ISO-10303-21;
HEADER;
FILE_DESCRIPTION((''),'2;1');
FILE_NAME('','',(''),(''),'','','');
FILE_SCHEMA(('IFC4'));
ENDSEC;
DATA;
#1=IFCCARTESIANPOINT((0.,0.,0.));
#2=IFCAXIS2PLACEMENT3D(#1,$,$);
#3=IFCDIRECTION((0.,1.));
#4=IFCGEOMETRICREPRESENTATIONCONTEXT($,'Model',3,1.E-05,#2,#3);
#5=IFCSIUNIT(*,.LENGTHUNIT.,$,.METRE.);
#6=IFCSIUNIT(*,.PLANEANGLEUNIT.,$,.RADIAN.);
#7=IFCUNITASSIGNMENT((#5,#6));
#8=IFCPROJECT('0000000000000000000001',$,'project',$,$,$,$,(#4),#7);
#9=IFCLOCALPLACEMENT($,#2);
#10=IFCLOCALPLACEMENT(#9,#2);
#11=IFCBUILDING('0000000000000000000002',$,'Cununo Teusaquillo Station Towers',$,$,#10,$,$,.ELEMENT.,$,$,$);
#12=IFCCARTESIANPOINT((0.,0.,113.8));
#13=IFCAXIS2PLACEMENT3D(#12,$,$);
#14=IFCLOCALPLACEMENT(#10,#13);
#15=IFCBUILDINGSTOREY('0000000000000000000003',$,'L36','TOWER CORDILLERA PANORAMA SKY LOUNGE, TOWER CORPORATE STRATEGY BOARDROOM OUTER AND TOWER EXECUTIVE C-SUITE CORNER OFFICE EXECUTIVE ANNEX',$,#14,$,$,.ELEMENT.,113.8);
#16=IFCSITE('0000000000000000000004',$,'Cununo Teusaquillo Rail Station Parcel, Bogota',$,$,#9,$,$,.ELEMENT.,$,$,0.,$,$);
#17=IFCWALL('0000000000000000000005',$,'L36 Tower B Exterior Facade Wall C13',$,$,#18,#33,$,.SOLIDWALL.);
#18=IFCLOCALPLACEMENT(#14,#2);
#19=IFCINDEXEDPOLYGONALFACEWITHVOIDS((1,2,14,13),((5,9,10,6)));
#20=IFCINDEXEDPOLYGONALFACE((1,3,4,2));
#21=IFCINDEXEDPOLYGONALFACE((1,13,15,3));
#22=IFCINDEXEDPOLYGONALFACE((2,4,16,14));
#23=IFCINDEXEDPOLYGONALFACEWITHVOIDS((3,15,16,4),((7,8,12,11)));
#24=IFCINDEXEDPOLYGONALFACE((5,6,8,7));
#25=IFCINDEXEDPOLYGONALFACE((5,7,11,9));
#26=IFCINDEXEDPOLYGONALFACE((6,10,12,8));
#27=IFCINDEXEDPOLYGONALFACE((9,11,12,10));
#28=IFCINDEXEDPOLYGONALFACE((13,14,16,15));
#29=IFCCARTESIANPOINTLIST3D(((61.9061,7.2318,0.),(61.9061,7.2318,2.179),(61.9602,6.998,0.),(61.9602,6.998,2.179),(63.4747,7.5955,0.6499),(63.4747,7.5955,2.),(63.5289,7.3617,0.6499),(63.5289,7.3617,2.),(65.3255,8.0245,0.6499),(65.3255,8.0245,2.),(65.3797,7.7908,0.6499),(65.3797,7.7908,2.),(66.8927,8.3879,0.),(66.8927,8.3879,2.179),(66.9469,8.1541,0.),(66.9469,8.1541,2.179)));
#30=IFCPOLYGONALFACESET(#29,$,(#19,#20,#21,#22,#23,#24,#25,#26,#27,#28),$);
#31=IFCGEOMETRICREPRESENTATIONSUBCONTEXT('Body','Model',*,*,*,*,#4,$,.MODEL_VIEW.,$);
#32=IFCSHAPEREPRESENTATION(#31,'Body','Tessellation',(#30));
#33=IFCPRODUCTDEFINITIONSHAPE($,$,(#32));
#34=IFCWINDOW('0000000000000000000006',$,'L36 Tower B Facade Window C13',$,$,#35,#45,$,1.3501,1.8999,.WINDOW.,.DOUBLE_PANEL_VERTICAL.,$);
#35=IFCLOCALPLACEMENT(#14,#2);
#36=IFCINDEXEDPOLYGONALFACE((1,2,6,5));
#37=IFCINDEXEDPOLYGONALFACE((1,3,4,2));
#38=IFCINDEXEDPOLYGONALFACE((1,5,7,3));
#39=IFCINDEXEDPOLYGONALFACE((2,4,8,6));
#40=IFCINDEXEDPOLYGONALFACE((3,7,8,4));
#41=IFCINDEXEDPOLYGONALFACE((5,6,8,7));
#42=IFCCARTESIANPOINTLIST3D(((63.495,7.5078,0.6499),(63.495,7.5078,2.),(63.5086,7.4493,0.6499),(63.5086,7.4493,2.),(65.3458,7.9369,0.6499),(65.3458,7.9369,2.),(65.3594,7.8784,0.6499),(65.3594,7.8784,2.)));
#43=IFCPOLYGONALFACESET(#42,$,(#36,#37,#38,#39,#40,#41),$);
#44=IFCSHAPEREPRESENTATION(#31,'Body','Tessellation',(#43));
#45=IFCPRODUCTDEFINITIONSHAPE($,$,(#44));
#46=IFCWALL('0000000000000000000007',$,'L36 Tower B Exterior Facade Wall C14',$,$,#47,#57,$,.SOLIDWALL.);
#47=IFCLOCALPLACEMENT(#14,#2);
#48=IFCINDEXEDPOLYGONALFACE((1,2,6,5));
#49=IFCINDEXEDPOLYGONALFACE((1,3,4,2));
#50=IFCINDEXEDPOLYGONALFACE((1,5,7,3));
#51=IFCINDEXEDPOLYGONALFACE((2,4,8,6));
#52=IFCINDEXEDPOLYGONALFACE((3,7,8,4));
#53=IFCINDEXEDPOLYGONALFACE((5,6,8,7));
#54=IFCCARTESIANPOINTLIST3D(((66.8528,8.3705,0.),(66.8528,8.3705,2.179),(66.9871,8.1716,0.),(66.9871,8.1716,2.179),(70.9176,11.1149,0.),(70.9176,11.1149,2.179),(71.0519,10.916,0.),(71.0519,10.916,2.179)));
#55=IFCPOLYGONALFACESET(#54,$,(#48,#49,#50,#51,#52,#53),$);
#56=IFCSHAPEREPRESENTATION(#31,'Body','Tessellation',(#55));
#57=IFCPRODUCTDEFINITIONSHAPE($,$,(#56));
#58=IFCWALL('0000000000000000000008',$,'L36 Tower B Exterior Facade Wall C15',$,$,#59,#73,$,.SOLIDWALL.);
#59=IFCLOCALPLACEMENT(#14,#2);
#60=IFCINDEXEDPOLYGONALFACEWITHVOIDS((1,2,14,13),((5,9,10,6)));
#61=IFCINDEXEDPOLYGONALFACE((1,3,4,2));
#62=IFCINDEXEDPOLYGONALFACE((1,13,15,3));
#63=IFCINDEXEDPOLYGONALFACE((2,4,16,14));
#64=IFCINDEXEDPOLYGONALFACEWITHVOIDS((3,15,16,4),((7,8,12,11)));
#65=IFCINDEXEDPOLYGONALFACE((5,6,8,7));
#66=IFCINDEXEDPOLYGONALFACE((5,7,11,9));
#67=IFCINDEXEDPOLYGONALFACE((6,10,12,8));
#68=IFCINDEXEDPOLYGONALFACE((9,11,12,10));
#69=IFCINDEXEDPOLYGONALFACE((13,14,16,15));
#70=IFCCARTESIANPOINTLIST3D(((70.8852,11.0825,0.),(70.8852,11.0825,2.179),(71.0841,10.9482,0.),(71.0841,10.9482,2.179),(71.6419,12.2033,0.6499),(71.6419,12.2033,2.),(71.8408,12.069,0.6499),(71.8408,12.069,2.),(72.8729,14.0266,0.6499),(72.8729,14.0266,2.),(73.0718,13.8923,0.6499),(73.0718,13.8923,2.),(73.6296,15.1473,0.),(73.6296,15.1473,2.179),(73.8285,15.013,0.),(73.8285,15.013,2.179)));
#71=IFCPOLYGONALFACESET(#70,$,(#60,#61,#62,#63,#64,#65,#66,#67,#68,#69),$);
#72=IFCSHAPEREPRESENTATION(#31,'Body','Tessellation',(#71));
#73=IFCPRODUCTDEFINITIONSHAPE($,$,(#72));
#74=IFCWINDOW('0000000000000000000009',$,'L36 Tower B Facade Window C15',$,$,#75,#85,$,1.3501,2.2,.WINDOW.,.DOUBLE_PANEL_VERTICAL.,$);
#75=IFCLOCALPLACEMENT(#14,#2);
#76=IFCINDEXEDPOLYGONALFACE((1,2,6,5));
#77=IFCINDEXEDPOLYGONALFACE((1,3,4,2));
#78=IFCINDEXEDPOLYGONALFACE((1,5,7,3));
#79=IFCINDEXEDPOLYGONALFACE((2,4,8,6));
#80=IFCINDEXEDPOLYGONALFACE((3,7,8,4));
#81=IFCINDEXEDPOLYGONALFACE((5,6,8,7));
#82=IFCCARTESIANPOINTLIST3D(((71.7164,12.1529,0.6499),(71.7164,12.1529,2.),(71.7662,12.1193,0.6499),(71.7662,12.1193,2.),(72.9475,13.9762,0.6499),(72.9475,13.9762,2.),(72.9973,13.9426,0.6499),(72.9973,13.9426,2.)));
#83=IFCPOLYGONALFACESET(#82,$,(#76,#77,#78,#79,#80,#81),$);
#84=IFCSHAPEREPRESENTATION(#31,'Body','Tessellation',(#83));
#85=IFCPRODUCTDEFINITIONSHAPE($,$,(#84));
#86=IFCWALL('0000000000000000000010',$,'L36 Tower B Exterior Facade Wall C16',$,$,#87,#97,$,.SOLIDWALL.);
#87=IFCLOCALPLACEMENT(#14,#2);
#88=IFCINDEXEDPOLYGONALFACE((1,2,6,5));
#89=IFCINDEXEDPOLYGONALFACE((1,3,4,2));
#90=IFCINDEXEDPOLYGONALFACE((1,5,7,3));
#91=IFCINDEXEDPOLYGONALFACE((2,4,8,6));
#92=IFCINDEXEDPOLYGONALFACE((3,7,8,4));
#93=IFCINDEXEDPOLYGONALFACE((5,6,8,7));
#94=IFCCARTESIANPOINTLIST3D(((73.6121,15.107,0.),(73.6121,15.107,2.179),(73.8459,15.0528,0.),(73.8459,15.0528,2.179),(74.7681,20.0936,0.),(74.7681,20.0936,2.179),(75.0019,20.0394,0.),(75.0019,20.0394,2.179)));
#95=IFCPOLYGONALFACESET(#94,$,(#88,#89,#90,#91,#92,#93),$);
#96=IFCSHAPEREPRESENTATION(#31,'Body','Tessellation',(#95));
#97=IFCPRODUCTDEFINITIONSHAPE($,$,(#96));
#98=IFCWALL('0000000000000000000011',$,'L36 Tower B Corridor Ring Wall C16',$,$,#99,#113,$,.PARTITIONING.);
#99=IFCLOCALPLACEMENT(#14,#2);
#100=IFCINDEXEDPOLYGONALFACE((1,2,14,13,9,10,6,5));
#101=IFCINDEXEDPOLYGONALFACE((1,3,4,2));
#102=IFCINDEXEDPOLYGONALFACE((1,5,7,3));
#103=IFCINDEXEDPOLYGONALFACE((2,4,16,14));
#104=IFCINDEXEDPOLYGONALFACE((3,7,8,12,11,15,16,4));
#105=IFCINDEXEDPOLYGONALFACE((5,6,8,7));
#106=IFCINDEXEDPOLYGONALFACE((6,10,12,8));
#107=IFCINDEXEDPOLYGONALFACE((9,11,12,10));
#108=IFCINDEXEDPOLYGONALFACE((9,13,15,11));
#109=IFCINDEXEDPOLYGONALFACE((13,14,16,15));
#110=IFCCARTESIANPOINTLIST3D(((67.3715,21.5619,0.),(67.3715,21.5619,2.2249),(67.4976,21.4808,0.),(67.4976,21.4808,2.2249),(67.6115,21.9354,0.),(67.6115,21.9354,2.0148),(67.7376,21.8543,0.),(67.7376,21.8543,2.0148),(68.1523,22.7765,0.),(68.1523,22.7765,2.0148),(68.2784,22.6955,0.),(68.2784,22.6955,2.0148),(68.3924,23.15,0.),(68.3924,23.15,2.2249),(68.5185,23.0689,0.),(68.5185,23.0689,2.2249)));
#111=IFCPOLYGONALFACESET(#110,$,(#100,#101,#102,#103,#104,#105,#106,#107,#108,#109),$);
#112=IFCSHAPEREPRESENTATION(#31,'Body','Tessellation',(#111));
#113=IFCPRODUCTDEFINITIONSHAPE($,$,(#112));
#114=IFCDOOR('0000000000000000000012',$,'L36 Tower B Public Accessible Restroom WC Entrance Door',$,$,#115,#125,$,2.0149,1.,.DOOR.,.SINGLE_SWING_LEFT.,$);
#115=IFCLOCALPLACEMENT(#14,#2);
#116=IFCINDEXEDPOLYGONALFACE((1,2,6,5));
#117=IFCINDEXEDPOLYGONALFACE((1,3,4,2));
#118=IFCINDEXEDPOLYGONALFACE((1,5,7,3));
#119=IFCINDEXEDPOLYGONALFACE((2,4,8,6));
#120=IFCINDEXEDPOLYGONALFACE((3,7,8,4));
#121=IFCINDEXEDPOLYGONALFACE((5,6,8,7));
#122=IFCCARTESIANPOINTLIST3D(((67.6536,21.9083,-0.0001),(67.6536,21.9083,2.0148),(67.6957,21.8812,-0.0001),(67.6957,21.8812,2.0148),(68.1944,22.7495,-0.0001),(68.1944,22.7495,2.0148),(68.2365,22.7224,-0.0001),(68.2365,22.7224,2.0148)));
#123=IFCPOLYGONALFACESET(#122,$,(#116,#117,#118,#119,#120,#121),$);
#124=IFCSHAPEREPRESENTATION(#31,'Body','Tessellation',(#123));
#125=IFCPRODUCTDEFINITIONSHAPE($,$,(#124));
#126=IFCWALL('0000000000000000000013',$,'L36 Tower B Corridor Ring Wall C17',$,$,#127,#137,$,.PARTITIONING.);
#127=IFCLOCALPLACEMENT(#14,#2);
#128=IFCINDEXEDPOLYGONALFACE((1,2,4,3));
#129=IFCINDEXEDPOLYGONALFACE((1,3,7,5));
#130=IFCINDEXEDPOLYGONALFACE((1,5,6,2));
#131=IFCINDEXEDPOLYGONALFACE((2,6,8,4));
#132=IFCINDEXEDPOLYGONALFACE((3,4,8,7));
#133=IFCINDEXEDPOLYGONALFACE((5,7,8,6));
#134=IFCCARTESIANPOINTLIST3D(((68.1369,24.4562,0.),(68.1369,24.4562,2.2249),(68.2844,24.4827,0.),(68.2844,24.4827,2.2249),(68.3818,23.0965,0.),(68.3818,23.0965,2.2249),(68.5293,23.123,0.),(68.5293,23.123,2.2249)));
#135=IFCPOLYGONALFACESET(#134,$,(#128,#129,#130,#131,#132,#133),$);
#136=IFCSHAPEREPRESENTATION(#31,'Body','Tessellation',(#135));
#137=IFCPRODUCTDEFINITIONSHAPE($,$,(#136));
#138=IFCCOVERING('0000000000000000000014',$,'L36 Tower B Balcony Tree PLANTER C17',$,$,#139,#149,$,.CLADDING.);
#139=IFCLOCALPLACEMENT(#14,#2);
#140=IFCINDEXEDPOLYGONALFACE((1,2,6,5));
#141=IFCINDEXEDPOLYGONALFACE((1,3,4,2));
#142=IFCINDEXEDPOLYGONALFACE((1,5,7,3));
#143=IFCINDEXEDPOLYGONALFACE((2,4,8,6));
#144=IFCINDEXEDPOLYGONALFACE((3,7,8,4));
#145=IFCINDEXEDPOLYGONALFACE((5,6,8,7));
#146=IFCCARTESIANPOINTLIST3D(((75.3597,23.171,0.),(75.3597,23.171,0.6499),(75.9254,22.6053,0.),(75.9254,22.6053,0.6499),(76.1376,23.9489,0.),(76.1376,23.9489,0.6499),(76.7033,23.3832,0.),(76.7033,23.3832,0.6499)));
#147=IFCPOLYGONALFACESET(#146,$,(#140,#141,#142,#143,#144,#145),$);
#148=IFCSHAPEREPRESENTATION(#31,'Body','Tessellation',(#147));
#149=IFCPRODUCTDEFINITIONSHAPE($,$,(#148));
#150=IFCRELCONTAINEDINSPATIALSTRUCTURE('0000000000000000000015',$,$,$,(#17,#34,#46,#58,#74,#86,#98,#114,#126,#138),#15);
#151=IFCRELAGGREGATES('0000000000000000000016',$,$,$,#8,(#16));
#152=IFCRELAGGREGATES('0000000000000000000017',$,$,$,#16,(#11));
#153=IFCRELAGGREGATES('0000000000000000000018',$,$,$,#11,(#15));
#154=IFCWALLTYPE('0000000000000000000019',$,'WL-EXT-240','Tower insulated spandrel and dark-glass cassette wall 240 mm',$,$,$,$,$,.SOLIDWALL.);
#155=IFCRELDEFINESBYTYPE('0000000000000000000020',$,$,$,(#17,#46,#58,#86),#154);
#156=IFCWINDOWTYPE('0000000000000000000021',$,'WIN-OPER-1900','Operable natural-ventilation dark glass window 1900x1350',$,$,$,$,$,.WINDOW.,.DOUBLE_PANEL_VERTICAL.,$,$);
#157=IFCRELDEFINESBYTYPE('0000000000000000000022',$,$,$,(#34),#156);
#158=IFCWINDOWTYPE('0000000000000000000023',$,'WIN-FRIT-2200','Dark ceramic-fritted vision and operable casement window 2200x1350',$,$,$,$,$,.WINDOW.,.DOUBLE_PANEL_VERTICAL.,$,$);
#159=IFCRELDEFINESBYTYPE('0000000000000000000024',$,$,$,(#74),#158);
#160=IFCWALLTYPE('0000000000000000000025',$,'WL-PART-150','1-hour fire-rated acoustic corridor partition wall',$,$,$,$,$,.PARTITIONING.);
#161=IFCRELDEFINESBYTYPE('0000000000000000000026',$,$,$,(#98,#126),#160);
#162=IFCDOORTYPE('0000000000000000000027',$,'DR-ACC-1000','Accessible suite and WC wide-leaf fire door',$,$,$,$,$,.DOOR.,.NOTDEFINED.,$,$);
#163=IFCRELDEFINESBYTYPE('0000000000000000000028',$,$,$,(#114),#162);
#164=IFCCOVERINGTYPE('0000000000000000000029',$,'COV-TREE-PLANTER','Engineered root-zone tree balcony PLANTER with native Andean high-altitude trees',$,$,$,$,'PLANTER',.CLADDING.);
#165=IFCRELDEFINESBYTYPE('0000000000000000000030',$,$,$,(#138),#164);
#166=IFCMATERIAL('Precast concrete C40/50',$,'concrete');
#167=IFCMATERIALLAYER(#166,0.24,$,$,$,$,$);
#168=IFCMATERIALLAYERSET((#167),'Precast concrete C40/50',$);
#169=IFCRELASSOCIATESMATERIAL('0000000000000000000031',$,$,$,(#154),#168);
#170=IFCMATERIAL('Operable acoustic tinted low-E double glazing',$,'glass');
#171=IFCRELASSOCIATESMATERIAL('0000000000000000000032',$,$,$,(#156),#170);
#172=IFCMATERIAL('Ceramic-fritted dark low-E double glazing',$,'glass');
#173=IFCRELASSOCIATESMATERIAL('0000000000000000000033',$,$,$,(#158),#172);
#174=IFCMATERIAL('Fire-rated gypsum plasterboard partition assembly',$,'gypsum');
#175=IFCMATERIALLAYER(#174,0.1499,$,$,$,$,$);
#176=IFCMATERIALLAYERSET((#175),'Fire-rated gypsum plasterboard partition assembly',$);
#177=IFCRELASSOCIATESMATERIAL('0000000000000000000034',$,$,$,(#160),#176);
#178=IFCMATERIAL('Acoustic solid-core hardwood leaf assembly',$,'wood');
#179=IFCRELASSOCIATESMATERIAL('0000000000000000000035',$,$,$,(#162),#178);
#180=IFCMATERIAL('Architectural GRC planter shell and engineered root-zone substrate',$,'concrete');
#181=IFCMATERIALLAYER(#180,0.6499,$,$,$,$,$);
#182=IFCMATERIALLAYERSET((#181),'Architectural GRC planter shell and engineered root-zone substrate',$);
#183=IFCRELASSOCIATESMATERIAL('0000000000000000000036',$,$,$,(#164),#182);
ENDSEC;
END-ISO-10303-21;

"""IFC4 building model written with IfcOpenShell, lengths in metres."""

from ifc_helpers import new_model, si_unit, direction, frame, frame_2d, origin, origin_2d, place, context, subcontext, project, spatial, rectangle, extrude, source, transform, mapped, material, layer, layer_set, type_object, element, fill, save


model = new_model("IFC4")

# Units and contexts
model_context = context("Model", 3, precision=1e-05, world=origin(), true_north=direction((0.0, 1.0)))
body_context = subcontext(model_context, "Body", "Model", "MODEL_VIEW")
ifc_project = project(units=[si_unit("LENGTHUNIT", "METRE"), si_unit("PLANEANGLEUNIT", "RADIAN")], contexts=[model_context])

# Site, building, storey
site_placement = place(None, origin())
site = spatial("IfcSite", under=ifc_project, at=site_placement, Name="Cununo Teusaquillo Rail Station Parcel, Bogota", CompositionType="ELEMENT", RefElevation=0.0)
building_placement = place(site_placement, origin())
building = spatial("IfcBuilding", under=site, at=building_placement, Name="Cununo Teusaquillo Station Towers", CompositionType="ELEMENT")
storey_placement = place(building_placement, frame((0.0, 0.0, 113.8)))
storey = spatial("IfcBuildingStorey", under=building, at=storey_placement, Name="L36", Description="TOWER CORDILLERA PANORAMA SKY LOUNGE, TOWER CORPORATE STRATEGY BOARDROOM OUTER AND TOWER EXECUTIVE C-SUITE CORNER OFFICE EXECUTIVE ANNEX", CompositionType="ELEMENT", Elevation=113.8)

# Wall, opening, window
ifc_material_1 = material(Name="Precast concrete C40/50", Category="concrete")
ifc_layer_1 = layer(ifc_material_1, 0.24)
ifc_layer_set_1 = layer_set([ifc_layer_1], Name="Precast concrete C40/50")
wall_type_1 = type_object("IfcWallType", Name="WL-EXT-240", Description="Tower insulated spandrel and dark-glass cassette wall 240 mm", PredefinedType="SOLIDWALL", material=ifc_layer_set_1)
wall_1_placement = place(storey_placement, frame((66.9199, 8.271, 0.0), z_axis=(0.0, 0.0, 1.0), x_axis=(-0.974166, -0.225835, 0.0)))
wall_1 = element("IfcWall", 1, at=wall_1_placement, inside=storey, type_object=wall_type_1, Name="L36 Tower B Exterior Facade Wall C13", PredefinedType="SOLIDWALL", context=body_context, shape_type="SweptSolid", body=[
    extrude(rectangle(XDim=5.1189, YDim=0.24, at=frame_2d((2.5596, 0.0))), origin(), (0.0, 0.0, 1.0), 2.179),
])
shared_shape_1 = source(origin(), body_context, "Body", "SweptSolid", [
    extrude(rectangle(XDim=1.8999, YDim=1.3501, at=frame_2d((0.95, 0.675))), frame((0.0, 0.1299, 0.0), z_axis=(0.0, -1.0, 0.0), x_axis=(1.0, 0.0, 0.0)), (0.0, 0.0, 1.0), 0.26),
])
opening_1_placement = place(wall_1_placement, frame((1.6089, 0.0, 0.6499)))
opening_1 = element("IfcOpeningElement", 2, at=opening_1_placement, cuts=wall_1, PredefinedType="OPENING", context=body_context, shape_type="MappedRepresentation", body=[
    mapped(shared_shape_1, transform((0.0, 0.0, 0.0), x_axis=(1.0, 0.0, 0.0), y_axis=(0.0, 1.0, 0.0), z_axis=(0.0, 0.0, 1.0), scale=1.0)),
])
ifc_material_2 = material(Name="Operable acoustic tinted low-E double glazing", Category="glass")
window_type_1 = type_object("IfcWindowType", Name="WIN-OPER-1900", Description="Operable natural-ventilation dark glass window 1900x1350", PartitioningType="DOUBLE_PANEL_VERTICAL", PredefinedType="WINDOW", material=ifc_material_2)
shared_shape_2 = source(origin(), body_context, "Body", "SweptSolid", [
    extrude(rectangle(XDim=1.8999, YDim=1.3501, at=frame_2d((0.95, 0.675))), frame((0.0, 0.03, 0.0), z_axis=(0.0, -1.0, 0.0), x_axis=(1.0, 0.0, 0.0)), (0.0, 0.0, 1.0), 0.0601),
])
window_1_placement = place(opening_1_placement, origin())
window_1 = element("IfcWindow", 3, at=window_1_placement, inside=storey, type_object=window_type_1, Name="L36 Tower B Facade Window C13", OverallHeight=1.3501, OverallWidth=1.8999, PartitioningType="DOUBLE_PANEL_VERTICAL", PredefinedType="WINDOW", context=body_context, shape_type="MappedRepresentation", body=[
    mapped(shared_shape_2, transform((0.0, 0.0, 0.0), x_axis=(1.0, 0.0, 0.0), y_axis=(0.0, 1.0, 0.0), z_axis=(0.0, 0.0, 1.0), scale=1.0)),
])
fill(opening_1, window_1)

# Wall
wall_2_placement = place(storey_placement, frame((70.9846, 11.0154, 0.0), z_axis=(0.0, 0.0, 1.0), x_axis=(-0.828781, -0.559573, 0.0)))
element("IfcWall", 4, at=wall_2_placement, inside=storey, type_object=wall_type_1, Name="L36 Tower B Exterior Facade Wall C14", PredefinedType="SOLIDWALL", context=body_context, shape_type="SweptSolid", body=[
    extrude(rectangle(XDim=4.9045, YDim=0.24, at=frame_2d((2.4521, 0.0))), origin(), (0.0, 0.0, 1.0), 2.179),
])

# Wall, opening, window
wall_3_placement = place(storey_placement, frame((73.729, 15.0801, 0.0), z_axis=(0.0, 0.0, 1.0), x_axis=(-0.559573, -0.828781, 0.0)))
wall_3 = element("IfcWall", 5, at=wall_3_placement, inside=storey, type_object=wall_type_1, Name="L36 Tower B Exterior Facade Wall C15", PredefinedType="SOLIDWALL", context=body_context, shape_type="SweptSolid", body=[
    extrude(rectangle(XDim=4.9045, YDim=0.24, at=frame_2d((2.4521, 0.0))), origin(), (0.0, 0.0, 1.0), 2.179),
])
shared_shape_3 = source(origin(), body_context, "Body", "SweptSolid", [
    extrude(rectangle(XDim=2.2, YDim=1.3501, at=frame_2d((1.1001, 0.675))), frame((0.0, 0.1299, 0.0), z_axis=(0.0, -1.0, 0.0), x_axis=(1.0, 0.0, 0.0)), (0.0, 0.0, 1.0), 0.26),
])
opening_2_placement = place(wall_3_placement, frame((1.3521, 0.0, 0.6499)))
opening_2 = element("IfcOpeningElement", 6, at=opening_2_placement, cuts=wall_3, PredefinedType="OPENING", context=body_context, shape_type="MappedRepresentation", body=[
    mapped(shared_shape_3, transform((0.0, 0.0, 0.0), x_axis=(1.0, 0.0, 0.0), y_axis=(0.0, 1.0, 0.0), z_axis=(0.0, 0.0, 1.0), scale=1.0)),
])
ifc_material_3 = material(Name="Ceramic-fritted dark low-E double glazing", Category="glass")
window_type_2 = type_object("IfcWindowType", Name="WIN-FRIT-2200", Description="Dark ceramic-fritted vision and operable casement window 2200x1350", PartitioningType="DOUBLE_PANEL_VERTICAL", PredefinedType="WINDOW", material=ifc_material_3)
shared_shape_4 = source(origin(), body_context, "Body", "SweptSolid", [
    extrude(rectangle(XDim=2.2, YDim=1.3501, at=frame_2d((1.1001, 0.675))), frame((0.0, 0.03, 0.0), z_axis=(0.0, -1.0, 0.0), x_axis=(1.0, 0.0, 0.0)), (0.0, 0.0, 1.0), 0.0601),
])
window_2_placement = place(opening_2_placement, origin())
window_2 = element("IfcWindow", 7, at=window_2_placement, inside=storey, type_object=window_type_2, Name="L36 Tower B Facade Window C15", OverallHeight=1.3501, OverallWidth=2.2, PartitioningType="DOUBLE_PANEL_VERTICAL", PredefinedType="WINDOW", context=body_context, shape_type="MappedRepresentation", body=[
    mapped(shared_shape_4, transform((0.0, 0.0, 0.0), x_axis=(1.0, 0.0, 0.0), y_axis=(0.0, 1.0, 0.0), z_axis=(0.0, 0.0, 1.0), scale=1.0)),
])
fill(opening_2, window_2)

# Wall
wall_4_placement = place(storey_placement, frame((74.885, 20.0667, 0.0), z_axis=(0.0, 0.0, 1.0), x_axis=(-0.225835, -0.974166, 0.0)))
element("IfcWall", 8, at=wall_4_placement, inside=storey, type_object=wall_type_1, Name="L36 Tower B Exterior Facade Wall C16", PredefinedType="SOLIDWALL", context=body_context, shape_type="SweptSolid", body=[
    extrude(rectangle(XDim=5.1189, YDim=0.24, at=frame_2d((2.5596, 0.0))), origin(), (0.0, 0.0, 1.0), 2.179),
])

# Wall, opening, door
ifc_material_4 = material(Name="Fire-rated gypsum plasterboard partition assembly", Category="gypsum")
ifc_layer_2 = layer(ifc_material_4, 0.1499)
ifc_layer_set_2 = layer_set([ifc_layer_2], Name="Fire-rated gypsum plasterboard partition assembly")
wall_type_2 = type_object("IfcWallType", Name="WL-PART-150", Description="1-hour fire-rated acoustic corridor partition wall", PredefinedType="PARTITIONING", material=ifc_layer_set_2)
wall_5_placement = place(storey_placement, frame((67.4346, 21.5215, 0.0), z_axis=(0.0, 0.0, 1.0), x_axis=(0.540777, 0.841166, 0.0)))
wall_5 = element("IfcWall", 9, at=wall_5_placement, inside=storey, type_object=wall_type_2, Name="L36 Tower B Corridor Ring Wall C16", PredefinedType="PARTITIONING", context=body_context, shape_type="SweptSolid", body=[
    extrude(rectangle(XDim=1.8879, YDim=0.1499, at=frame_2d((0.9438, 0.0))), origin(), (0.0, 0.0, 1.0), 2.2249),
])
shared_shape_5 = source(origin(), body_context, "Body", "SweptSolid", [
    extrude(rectangle(XDim=1.0, YDim=2.0149, at=frame_2d((0.5, 1.0073))), frame((0.0, 0.085, 0.0), z_axis=(0.0, -1.0, 0.0), x_axis=(1.0, 0.0, 0.0)), (0.0, 0.0, 1.0), 0.1699),
])
opening_3_placement = place(wall_5_placement, frame((0.4438, 0.0, 0.0)))
opening_3 = element("IfcOpeningElement", 10, at=opening_3_placement, cuts=wall_5, PredefinedType="OPENING", context=body_context, shape_type="MappedRepresentation", body=[
    mapped(shared_shape_5, transform((0.0, 0.0, 0.0), x_axis=(1.0, 0.0, 0.0), y_axis=(0.0, 1.0, 0.0), z_axis=(0.0, 0.0, 1.0), scale=1.0)),
])
ifc_material_5 = material(Name="Acoustic solid-core hardwood leaf assembly", Category="wood")
door_type = type_object("IfcDoorType", Name="DR-ACC-1000", Description="Accessible suite and WC wide-leaf fire door", OperationType="NOTDEFINED", PredefinedType="DOOR", material=ifc_material_5)
shared_shape_6 = source(origin(), body_context, "Body", "SweptSolid", [
    extrude(rectangle(XDim=1.0, YDim=2.0149, at=frame_2d((0.5, 1.0073))), frame((0.0, 0.0249, 0.0), z_axis=(0.0, -1.0, 0.0), x_axis=(1.0, 0.0, 0.0)), (0.0, 0.0, 1.0), 0.05),
])
door_placement = place(opening_3_placement, origin())
door = element("IfcDoor", 11, at=door_placement, inside=storey, type_object=door_type, Name="L36 Tower B Public Accessible Restroom WC Entrance Door", OperationType="SINGLE_SWING_LEFT", OverallHeight=2.0149, OverallWidth=1.0, PredefinedType="DOOR", context=body_context, shape_type="MappedRepresentation", body=[
    mapped(shared_shape_6, transform((0.0, 0.0, 0.0), x_axis=(1.0, 0.0, 0.0), y_axis=(0.0, 1.0, 0.0), z_axis=(0.0, 0.0, 1.0), scale=1.0)),
])
fill(opening_3, door)

# Wall
wall_6_placement = place(storey_placement, frame((68.4556, 23.1096, 0.0), z_axis=(0.0, 0.0, 1.0), x_axis=(-0.177252, 0.984165, 0.0)))
element("IfcWall", 12, at=wall_6_placement, inside=storey, type_object=wall_type_2, Name="L36 Tower B Corridor Ring Wall C17", PredefinedType="PARTITIONING", context=body_context, shape_type="SweptSolid", body=[
    extrude(rectangle(XDim=1.3816, YDim=0.1499, at=frame_2d((0.6909, 0.0))), origin(), (0.0, 0.0, 1.0), 2.2249),
])

# Covering
ifc_material_6 = material(Name="Architectural GRC planter shell and engineered root-zone substrate", Category="concrete")
ifc_layer_3 = layer(ifc_material_6, 0.6499)
ifc_layer_set_3 = layer_set([ifc_layer_3], Name="Architectural GRC planter shell and engineered root-zone substrate")
covering_type = type_object("IfcCoveringType", Name="COV-TREE-PLANTER", Description="Engineered root-zone tree balcony PLANTER with native Andean high-altitude trees", ElementType="PLANTER", PredefinedType="CLADDING", material=ifc_layer_set_3)
shared_shape_7 = source(origin(), body_context, "Body", "SweptSolid", [
    extrude(rectangle(XDim=1.1001, YDim=0.8, at=origin_2d()), origin(), (0.0, 0.0, 1.0), 0.6499),
])
covering_placement = place(storey_placement, frame((76.0315, 23.2771, 0.0), z_axis=(0.0, 0.0, 1.0), x_axis=(0.707107, 0.707107, 0.0)))
element("IfcCovering", 13, at=covering_placement, inside=storey, type_object=covering_type, Name="L36 Tower B Balcony Tree PLANTER C17", PredefinedType="CLADDING", context=body_context, shape_type="MappedRepresentation", body=[
    mapped(shared_shape_7, transform((0.0, 0.0, 0.0), x_axis=(1.0, 0.0, 0.0), y_axis=(0.0, 1.0, 0.0), z_axis=(0.0, 0.0, 1.0), scale=1.0)),
])

save(model, "model.ifc")
